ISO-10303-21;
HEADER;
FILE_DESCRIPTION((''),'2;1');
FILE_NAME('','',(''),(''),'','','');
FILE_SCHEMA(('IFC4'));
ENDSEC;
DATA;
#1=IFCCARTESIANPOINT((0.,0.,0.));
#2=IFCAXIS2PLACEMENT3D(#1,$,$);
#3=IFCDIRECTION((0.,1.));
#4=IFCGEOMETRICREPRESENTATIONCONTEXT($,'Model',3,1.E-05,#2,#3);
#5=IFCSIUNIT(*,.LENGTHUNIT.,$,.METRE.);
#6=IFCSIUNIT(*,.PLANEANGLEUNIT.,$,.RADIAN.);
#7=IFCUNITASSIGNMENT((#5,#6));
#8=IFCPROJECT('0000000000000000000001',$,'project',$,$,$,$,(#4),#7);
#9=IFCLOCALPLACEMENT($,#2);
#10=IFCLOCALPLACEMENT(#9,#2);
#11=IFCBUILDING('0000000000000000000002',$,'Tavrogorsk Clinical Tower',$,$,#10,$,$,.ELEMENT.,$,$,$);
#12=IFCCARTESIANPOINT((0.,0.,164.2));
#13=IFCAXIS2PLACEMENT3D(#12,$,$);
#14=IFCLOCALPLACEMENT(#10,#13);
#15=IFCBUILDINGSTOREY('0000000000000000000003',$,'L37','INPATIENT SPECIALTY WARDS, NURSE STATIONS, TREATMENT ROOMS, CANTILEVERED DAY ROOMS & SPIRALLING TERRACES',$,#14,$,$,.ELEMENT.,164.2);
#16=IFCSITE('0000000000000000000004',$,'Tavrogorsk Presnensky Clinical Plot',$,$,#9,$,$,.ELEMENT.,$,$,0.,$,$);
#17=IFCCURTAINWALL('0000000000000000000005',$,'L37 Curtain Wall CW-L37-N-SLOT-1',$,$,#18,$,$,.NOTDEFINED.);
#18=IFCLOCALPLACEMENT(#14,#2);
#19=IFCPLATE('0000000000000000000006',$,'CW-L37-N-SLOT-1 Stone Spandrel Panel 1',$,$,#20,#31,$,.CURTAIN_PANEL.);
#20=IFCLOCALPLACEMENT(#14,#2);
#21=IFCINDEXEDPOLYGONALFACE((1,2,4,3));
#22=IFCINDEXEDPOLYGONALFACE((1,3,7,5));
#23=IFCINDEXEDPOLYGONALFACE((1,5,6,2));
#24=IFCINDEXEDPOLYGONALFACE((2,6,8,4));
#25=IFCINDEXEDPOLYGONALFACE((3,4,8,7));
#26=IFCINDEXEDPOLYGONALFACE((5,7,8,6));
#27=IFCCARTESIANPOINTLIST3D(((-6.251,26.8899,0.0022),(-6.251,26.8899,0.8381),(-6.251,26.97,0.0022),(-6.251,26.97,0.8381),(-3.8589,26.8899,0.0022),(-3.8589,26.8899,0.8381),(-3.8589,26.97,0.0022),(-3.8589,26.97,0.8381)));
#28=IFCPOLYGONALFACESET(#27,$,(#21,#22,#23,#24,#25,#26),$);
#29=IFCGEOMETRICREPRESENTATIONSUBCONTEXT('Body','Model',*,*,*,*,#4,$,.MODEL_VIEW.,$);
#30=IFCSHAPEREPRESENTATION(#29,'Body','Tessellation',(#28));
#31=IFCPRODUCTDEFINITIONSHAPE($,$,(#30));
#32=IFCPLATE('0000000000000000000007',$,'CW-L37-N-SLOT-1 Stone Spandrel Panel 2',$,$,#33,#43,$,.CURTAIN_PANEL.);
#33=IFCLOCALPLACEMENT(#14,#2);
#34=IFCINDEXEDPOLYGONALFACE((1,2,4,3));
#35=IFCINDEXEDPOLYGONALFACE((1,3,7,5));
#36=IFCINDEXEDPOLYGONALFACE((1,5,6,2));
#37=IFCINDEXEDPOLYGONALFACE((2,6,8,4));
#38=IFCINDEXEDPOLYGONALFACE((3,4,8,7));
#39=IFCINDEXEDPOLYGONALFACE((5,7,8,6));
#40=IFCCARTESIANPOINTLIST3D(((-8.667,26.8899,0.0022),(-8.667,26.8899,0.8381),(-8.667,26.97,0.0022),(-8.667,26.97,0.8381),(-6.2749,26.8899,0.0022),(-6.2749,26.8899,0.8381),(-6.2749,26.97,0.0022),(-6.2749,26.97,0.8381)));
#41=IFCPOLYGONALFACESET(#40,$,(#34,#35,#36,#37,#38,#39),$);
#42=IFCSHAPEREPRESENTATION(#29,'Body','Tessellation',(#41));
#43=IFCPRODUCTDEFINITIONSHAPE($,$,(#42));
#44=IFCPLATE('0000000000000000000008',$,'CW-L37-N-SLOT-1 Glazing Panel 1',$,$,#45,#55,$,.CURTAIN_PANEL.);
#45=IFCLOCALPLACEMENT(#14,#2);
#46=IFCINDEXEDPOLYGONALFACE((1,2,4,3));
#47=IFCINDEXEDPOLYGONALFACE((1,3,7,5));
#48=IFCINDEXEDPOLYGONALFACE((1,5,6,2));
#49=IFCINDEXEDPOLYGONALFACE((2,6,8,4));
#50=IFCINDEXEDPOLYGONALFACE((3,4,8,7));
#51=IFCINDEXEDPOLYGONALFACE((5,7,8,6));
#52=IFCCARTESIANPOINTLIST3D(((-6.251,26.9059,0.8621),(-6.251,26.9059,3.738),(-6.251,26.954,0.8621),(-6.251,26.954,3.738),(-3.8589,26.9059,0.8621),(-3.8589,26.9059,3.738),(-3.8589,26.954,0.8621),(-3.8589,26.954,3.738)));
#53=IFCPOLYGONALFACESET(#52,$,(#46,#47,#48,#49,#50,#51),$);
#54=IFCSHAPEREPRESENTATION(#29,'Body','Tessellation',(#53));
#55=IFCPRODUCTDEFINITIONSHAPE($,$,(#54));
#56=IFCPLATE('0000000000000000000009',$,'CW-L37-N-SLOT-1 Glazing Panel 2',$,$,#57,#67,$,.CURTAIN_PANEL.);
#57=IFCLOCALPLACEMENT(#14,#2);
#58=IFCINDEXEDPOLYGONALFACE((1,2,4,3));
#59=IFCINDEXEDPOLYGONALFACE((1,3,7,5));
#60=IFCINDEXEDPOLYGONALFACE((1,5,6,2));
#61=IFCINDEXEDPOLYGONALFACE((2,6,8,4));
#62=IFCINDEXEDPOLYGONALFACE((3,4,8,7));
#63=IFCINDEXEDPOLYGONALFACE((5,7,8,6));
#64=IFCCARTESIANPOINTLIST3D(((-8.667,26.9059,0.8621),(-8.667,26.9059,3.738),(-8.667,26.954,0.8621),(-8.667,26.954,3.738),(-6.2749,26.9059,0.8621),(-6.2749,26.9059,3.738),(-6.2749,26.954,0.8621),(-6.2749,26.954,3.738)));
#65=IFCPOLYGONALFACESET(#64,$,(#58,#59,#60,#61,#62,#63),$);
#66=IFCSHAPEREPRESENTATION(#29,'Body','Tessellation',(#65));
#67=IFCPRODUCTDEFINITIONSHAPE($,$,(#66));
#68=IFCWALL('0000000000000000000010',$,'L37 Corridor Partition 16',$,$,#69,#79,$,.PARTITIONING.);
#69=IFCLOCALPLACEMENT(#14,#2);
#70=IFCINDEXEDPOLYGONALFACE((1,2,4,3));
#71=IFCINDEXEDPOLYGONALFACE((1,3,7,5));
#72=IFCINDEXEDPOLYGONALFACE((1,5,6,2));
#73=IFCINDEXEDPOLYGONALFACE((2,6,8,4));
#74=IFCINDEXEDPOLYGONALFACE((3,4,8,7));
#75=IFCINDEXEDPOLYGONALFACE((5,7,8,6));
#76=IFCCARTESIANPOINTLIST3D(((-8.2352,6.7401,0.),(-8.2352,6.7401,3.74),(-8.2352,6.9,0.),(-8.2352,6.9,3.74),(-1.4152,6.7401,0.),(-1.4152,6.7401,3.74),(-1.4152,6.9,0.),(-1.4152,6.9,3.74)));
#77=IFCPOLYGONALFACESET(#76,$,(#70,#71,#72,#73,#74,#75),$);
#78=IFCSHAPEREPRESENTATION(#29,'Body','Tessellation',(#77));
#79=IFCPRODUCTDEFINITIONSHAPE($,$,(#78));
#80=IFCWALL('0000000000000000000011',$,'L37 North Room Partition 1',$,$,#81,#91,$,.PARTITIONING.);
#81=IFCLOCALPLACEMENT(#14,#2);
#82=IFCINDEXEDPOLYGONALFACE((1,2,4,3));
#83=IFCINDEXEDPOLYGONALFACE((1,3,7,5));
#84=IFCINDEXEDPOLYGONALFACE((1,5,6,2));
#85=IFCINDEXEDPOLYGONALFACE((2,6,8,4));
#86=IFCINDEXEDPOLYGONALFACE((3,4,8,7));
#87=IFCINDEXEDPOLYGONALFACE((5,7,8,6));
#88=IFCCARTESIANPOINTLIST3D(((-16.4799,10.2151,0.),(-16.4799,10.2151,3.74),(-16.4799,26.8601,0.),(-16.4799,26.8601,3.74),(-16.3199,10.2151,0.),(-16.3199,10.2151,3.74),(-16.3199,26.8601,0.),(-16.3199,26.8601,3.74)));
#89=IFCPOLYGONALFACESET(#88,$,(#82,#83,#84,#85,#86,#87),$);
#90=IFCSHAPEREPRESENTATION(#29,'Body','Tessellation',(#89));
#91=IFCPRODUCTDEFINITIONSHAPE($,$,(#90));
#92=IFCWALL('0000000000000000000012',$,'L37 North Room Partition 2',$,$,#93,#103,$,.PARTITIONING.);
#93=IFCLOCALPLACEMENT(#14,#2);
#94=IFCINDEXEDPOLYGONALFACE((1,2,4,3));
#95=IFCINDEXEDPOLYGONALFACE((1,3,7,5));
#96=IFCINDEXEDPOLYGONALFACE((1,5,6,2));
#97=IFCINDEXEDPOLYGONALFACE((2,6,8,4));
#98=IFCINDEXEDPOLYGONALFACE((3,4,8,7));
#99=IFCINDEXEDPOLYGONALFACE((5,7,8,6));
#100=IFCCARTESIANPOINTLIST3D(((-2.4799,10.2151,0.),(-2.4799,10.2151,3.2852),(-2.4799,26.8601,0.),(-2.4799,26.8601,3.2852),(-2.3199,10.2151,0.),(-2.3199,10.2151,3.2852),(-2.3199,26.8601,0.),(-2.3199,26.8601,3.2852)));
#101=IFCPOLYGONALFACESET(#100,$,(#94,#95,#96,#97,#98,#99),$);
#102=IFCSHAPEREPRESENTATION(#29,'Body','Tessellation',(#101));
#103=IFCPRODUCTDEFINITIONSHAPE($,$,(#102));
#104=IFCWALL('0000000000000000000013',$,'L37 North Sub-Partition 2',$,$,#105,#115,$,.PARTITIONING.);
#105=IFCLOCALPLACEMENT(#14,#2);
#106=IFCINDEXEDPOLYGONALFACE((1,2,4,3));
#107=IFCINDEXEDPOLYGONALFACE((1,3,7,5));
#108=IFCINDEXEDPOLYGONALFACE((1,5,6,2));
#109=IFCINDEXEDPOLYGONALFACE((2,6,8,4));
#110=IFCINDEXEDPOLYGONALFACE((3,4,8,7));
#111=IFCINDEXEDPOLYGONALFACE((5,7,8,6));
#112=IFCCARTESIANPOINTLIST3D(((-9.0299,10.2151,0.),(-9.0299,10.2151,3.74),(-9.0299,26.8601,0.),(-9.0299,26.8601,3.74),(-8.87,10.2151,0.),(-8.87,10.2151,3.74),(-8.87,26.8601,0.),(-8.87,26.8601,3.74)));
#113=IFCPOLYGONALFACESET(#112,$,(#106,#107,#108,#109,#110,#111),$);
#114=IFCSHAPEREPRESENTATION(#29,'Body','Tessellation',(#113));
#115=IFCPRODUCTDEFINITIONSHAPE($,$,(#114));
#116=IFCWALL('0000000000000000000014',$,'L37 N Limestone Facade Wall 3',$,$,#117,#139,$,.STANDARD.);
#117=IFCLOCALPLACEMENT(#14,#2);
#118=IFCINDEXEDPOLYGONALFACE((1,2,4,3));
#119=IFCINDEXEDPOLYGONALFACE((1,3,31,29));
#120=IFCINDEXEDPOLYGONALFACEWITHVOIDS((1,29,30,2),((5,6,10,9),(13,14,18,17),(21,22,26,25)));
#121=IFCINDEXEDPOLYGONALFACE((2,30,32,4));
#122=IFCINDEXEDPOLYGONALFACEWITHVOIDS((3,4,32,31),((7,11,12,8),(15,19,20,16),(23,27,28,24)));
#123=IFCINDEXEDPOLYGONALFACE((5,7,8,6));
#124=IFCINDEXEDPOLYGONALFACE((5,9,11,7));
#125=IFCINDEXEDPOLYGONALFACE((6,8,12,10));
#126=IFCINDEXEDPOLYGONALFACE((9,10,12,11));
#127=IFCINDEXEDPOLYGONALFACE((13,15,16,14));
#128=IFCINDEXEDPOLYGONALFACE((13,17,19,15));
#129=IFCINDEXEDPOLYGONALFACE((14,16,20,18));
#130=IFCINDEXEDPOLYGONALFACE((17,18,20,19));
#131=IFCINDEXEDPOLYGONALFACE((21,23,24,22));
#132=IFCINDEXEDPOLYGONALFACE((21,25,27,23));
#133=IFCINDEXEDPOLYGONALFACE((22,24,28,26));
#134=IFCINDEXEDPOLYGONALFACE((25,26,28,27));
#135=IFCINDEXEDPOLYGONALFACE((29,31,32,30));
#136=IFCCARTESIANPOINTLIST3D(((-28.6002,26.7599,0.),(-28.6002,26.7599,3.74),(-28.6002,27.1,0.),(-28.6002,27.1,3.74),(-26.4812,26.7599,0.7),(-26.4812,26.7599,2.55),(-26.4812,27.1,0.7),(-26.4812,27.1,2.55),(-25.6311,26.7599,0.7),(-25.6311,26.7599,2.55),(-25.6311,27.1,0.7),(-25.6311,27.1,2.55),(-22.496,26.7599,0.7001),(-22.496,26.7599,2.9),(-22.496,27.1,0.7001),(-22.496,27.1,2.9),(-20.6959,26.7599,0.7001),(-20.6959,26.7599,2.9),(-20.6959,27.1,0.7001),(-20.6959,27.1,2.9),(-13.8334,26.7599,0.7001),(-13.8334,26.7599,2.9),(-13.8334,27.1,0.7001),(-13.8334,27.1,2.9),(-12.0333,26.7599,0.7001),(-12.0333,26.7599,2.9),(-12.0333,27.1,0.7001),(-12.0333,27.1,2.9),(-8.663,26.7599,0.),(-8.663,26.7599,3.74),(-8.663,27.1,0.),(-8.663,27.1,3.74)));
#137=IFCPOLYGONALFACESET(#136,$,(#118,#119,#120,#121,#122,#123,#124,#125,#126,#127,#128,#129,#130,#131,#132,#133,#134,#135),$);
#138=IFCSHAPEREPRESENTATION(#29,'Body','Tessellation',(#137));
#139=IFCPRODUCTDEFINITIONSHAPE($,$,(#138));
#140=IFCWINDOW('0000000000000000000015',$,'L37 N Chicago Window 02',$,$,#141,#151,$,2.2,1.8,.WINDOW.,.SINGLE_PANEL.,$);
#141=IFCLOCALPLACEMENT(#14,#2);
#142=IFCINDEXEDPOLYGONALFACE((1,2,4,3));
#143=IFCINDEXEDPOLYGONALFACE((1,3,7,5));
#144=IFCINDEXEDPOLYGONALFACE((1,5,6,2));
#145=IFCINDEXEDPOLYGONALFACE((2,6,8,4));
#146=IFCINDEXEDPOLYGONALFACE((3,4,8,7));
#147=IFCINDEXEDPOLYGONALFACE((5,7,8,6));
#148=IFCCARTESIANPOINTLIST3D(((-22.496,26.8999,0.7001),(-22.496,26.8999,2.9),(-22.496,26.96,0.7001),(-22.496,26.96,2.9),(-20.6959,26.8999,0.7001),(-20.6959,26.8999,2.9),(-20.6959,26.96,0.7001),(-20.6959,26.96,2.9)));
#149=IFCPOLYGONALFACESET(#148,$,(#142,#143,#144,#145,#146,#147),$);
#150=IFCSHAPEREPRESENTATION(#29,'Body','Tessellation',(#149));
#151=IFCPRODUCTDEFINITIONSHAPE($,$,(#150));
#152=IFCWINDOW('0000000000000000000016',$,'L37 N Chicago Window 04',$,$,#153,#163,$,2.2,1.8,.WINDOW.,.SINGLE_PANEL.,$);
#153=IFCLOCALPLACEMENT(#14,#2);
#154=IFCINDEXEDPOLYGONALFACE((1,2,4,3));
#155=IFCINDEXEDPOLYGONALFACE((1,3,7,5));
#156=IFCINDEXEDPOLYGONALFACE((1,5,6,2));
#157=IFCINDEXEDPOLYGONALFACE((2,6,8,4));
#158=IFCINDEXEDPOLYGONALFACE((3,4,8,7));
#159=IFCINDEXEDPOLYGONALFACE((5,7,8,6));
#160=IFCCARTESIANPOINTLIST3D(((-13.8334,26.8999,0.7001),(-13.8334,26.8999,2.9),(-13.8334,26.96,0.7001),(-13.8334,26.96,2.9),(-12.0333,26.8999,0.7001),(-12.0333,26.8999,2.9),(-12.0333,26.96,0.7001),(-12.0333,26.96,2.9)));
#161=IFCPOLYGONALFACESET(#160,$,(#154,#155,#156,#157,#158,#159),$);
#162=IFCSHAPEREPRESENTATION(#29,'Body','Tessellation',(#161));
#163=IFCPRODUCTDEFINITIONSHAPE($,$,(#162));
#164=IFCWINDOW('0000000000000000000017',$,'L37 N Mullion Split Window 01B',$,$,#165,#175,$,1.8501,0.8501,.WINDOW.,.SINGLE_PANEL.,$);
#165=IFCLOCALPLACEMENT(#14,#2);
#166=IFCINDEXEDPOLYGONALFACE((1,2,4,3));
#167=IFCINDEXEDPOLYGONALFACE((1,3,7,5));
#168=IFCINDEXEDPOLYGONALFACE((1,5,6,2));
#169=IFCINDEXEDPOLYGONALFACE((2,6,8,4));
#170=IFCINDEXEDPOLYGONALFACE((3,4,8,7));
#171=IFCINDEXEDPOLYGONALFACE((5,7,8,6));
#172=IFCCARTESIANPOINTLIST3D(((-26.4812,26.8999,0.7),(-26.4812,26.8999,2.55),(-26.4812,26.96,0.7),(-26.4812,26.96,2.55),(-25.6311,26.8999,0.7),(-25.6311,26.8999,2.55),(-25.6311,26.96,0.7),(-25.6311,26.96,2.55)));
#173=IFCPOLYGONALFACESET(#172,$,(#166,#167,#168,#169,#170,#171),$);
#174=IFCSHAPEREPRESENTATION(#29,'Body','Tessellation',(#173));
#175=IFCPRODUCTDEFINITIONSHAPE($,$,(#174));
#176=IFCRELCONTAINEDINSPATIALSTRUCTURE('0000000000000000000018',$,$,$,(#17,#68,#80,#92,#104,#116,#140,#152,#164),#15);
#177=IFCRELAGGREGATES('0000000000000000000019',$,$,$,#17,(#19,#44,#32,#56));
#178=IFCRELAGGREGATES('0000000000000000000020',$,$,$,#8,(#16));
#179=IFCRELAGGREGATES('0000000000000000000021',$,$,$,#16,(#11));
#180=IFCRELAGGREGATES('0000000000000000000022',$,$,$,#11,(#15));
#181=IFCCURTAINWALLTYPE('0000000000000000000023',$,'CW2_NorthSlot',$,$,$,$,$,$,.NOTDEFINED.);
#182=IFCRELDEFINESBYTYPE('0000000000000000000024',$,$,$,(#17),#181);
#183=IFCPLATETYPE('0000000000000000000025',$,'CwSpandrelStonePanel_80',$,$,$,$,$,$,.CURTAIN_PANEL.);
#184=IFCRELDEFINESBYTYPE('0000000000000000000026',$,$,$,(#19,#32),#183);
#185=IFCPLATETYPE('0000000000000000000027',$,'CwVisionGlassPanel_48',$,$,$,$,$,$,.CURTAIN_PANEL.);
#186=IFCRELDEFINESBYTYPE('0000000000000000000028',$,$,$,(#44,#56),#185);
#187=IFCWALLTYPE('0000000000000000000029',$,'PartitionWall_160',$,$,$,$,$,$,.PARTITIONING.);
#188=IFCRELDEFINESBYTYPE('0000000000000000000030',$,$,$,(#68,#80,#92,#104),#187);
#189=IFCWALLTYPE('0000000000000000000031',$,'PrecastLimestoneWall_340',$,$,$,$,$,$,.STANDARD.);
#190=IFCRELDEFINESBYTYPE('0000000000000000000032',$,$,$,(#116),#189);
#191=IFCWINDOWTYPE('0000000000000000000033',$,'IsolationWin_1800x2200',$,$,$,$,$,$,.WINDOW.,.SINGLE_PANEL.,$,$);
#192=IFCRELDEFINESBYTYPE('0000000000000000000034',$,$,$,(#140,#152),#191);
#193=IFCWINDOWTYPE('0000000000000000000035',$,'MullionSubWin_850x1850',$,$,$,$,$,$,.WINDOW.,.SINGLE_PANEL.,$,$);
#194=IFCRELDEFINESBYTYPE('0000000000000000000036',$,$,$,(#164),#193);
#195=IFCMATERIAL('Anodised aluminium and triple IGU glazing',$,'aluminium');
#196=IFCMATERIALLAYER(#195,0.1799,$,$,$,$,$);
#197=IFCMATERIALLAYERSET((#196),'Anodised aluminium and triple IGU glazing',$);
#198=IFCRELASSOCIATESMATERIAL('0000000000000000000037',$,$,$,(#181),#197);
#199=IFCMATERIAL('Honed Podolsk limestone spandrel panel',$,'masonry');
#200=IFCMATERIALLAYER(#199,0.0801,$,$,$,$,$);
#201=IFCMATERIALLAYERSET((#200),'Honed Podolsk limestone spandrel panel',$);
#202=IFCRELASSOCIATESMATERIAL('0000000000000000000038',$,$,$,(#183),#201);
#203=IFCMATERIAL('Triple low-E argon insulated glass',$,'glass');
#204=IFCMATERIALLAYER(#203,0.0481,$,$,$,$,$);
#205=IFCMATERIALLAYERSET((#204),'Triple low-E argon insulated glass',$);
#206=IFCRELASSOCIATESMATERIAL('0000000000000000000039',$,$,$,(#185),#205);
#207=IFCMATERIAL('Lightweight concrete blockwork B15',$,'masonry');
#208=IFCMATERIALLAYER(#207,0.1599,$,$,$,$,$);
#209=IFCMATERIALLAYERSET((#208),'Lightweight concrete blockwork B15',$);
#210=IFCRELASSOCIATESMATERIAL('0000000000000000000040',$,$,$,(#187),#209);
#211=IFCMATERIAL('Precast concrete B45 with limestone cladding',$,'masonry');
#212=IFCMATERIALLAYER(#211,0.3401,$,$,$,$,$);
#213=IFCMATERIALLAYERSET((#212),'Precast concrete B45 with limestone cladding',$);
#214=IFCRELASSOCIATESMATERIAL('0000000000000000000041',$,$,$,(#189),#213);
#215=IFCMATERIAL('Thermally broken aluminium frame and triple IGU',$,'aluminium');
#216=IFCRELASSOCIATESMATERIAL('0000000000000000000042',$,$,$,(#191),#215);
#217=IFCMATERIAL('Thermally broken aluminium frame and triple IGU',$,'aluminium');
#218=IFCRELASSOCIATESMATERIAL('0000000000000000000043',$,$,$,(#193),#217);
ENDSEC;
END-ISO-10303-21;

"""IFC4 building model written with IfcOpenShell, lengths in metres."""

from ifc_helpers import new_model, si_unit, direction, frame, frame_2d, origin, origin_2d, place, context, subcontext, project, spatial, rectangle, extrude, material, layer, layer_set, type_object, element, fill, aggregate, save


model = new_model("IFC4")

# Units and contexts
model_context = context("Model", 3, precision=1e-05, world=origin(), true_north=direction((0.0, 1.0)))
body_context = subcontext(model_context, "Body", "Model", "MODEL_VIEW")
ifc_project = project(units=[si_unit("LENGTHUNIT", "METRE"), si_unit("PLANEANGLEUNIT", "RADIAN")], contexts=[model_context])

# Site, building, storey
site_placement = place(None, origin())
site = spatial("IfcSite", under=ifc_project, at=site_placement, Name="Tavrogorsk Presnensky Clinical Plot", CompositionType="ELEMENT", RefElevation=0.0)
building_placement = place(site_placement, origin())
building = spatial("IfcBuilding", under=site, at=building_placement, Name="Tavrogorsk Clinical Tower", CompositionType="ELEMENT")
storey_placement = place(building_placement, frame((0.0, 0.0, 164.2)))
storey = spatial("IfcBuildingStorey", under=building, at=storey_placement, Name="L37", Description="INPATIENT SPECIALTY WARDS, NURSE STATIONS, TREATMENT ROOMS, CANTILEVERED DAY ROOMS & SPIRALLING TERRACES", CompositionType="ELEMENT", Elevation=164.2)

# Curtain wall
ifc_material_1 = material(Name="Anodised aluminium and triple IGU glazing", Category="aluminium")
ifc_layer_1 = layer(ifc_material_1, 0.1799)
ifc_layer_set_1 = layer_set([ifc_layer_1], Name="Anodised aluminium and triple IGU glazing")
curtain_wall_type = type_object("IfcCurtainWallType", Name="CW2_NorthSlot", PredefinedType="NOTDEFINED", material=ifc_layer_set_1)
curtain_wall_placement = place(storey_placement, origin())
curtain_wall = element("IfcCurtainWall", 1, at=curtain_wall_placement, inside=storey, type_object=curtain_wall_type, Name="L37 Curtain Wall CW-L37-N-SLOT-1", PredefinedType="NOTDEFINED")

# Plates
ifc_material_2 = material(Name="Honed Podolsk limestone spandrel panel", Category="masonry")
ifc_layer_2 = layer(ifc_material_2, 0.0801)
ifc_layer_set_2 = layer_set([ifc_layer_2], Name="Honed Podolsk limestone spandrel panel")
plate_type_1 = type_object("IfcPlateType", Name="CwSpandrelStonePanel_80", PredefinedType="CURTAIN_PANEL", material=ifc_layer_set_2)
plate_1_placement = place(storey_placement, frame((-5.0549, 26.9299, 0.0022), z_axis=(0.0, 0.0, 1.0), x_axis=(-1.0, 0.0, 0.0)))
plate_1 = element("IfcPlate", 2, at=plate_1_placement, type_object=plate_type_1, Name="CW-L37-N-SLOT-1 Stone Spandrel Panel 1", PredefinedType="CURTAIN_PANEL", context=body_context, shape_type="SweptSolid", body=[
    extrude(rectangle(XDim=2.3921, YDim=0.0801, at=origin_2d()), origin(), (0.0, 0.0, 1.0), 0.8359),
])
plate_2_placement = place(storey_placement, frame((-7.4709, 26.9299, 0.0022), z_axis=(0.0, 0.0, 1.0), x_axis=(-1.0, 0.0, 0.0)))
plate_2 = element("IfcPlate", 3, at=plate_2_placement, type_object=plate_type_1, Name="CW-L37-N-SLOT-1 Stone Spandrel Panel 2", PredefinedType="CURTAIN_PANEL", context=body_context, shape_type="SweptSolid", body=[
    extrude(rectangle(XDim=2.3921, YDim=0.0801, at=origin_2d()), origin(), (0.0, 0.0, 1.0), 0.8359),
])
ifc_material_3 = material(Name="Triple low-E argon insulated glass", Category="glass")
ifc_layer_3 = layer(ifc_material_3, 0.0481)
ifc_layer_set_3 = layer_set([ifc_layer_3], Name="Triple low-E argon insulated glass")
plate_type_2 = type_object("IfcPlateType", Name="CwVisionGlassPanel_48", PredefinedType="CURTAIN_PANEL", material=ifc_layer_set_3)
plate_3_placement = place(storey_placement, frame((-5.0549, 26.9299, 0.8621), z_axis=(0.0, 0.0, 1.0), x_axis=(-1.0, 0.0, 0.0)))
plate_3 = element("IfcPlate", 4, at=plate_3_placement, type_object=plate_type_2, Name="CW-L37-N-SLOT-1 Glazing Panel 1", PredefinedType="CURTAIN_PANEL", context=body_context, shape_type="SweptSolid", body=[
    extrude(rectangle(XDim=2.3921, YDim=0.0481, at=origin_2d()), origin(), (0.0, 0.0, 1.0), 2.876),
])
plate_4_placement = place(storey_placement, frame((-7.4709, 26.9299, 0.8621), z_axis=(0.0, 0.0, 1.0), x_axis=(-1.0, 0.0, 0.0)))
plate_4 = element("IfcPlate", 5, at=plate_4_placement, type_object=plate_type_2, Name="CW-L37-N-SLOT-1 Glazing Panel 2", PredefinedType="CURTAIN_PANEL", context=body_context, shape_type="SweptSolid", body=[
    extrude(rectangle(XDim=2.3921, YDim=0.0481, at=origin_2d()), origin(), (0.0, 0.0, 1.0), 2.876),
])
aggregate(curtain_wall, [plate_1, plate_3, plate_2, plate_4])

# Walls
ifc_material_4 = material(Name="Lightweight concrete blockwork B15", Category="masonry")
ifc_layer_4 = layer(ifc_material_4, 0.1599)
ifc_layer_set_4 = layer_set([ifc_layer_4], Name="Lightweight concrete blockwork B15")
wall_type_1 = type_object("IfcWallType", Name="PartitionWall_160", PredefinedType="PARTITIONING", material=ifc_layer_set_4)
wall_1_placement = place(storey_placement, frame((-1.415, 6.8201, 0.0), z_axis=(0.0, 0.0, 1.0), x_axis=(-1.0, 0.0, 0.0)))
element("IfcWall", 6, at=wall_1_placement, inside=storey, type_object=wall_type_1, Name="L37 Corridor Partition 16", PredefinedType="PARTITIONING", context=body_context, shape_type="SweptSolid", body=[
    extrude(rectangle(XDim=6.8201, YDim=0.1599, at=frame_2d((3.4102, 0.0))), origin(), (0.0, 0.0, 1.0), 3.74),
])
wall_2_placement = place(storey_placement, frame((-16.3999, 10.2151, 0.0), z_axis=(0.0, 0.0, 1.0), x_axis=(0.0, 1.0, 0.0)))
element("IfcWall", 7, at=wall_2_placement, inside=storey, type_object=wall_type_1, Name="L37 North Room Partition 1", PredefinedType="PARTITIONING", context=body_context, shape_type="SweptSolid", body=[
    extrude(rectangle(XDim=16.645, YDim=0.1599, at=frame_2d((8.3225, 0.0))), origin(), (0.0, 0.0, 1.0), 3.74),
])
wall_3_placement = place(storey_placement, frame((-2.3999, 10.2151, 0.0), z_axis=(0.0, 0.0, 1.0), x_axis=(0.0, 1.0, 0.0)))
element("IfcWall", 8, at=wall_3_placement, inside=storey, type_object=wall_type_1, Name="L37 North Room Partition 2", PredefinedType="PARTITIONING", context=body_context, shape_type="SweptSolid", body=[
    extrude(rectangle(XDim=16.645, YDim=0.1599, at=frame_2d((8.3225, 0.0))), origin(), (0.0, 0.0, 1.0), 3.2852),
])
wall_4_placement = place(storey_placement, frame((-8.95, 10.2151, 0.0), z_axis=(0.0, 0.0, 1.0), x_axis=(0.0, 1.0, 0.0)))
element("IfcWall", 9, at=wall_4_placement, inside=storey, type_object=wall_type_1, Name="L37 North Sub-Partition 2", PredefinedType="PARTITIONING", context=body_context, shape_type="SweptSolid", body=[
    extrude(rectangle(XDim=16.645, YDim=0.1599, at=frame_2d((8.3225, 0.0))), origin(), (0.0, 0.0, 1.0), 3.74),
])

# Wall, openings, windows
ifc_material_5 = material(Name="Precast concrete B45 with limestone cladding", Category="masonry")
ifc_layer_5 = layer(ifc_material_5, 0.3401)
ifc_layer_set_5 = layer_set([ifc_layer_5], Name="Precast concrete B45 with limestone cladding")
wall_type_2 = type_object("IfcWallType", Name="PrecastLimestoneWall_340", PredefinedType="STANDARD", material=ifc_layer_set_5)
wall_5_placement = place(storey_placement, frame((-8.6628, 26.9299, 0.0), z_axis=(0.0, 0.0, 1.0), x_axis=(-1.0, 0.0, 0.0)))
wall_5 = element("IfcWall", 10, at=wall_5_placement, inside=storey, type_object=wall_type_2, Name="L37 N Limestone Facade Wall 3", PredefinedType="STANDARD", context=body_context, shape_type="SweptSolid", body=[
    extrude(rectangle(XDim=19.9373, YDim=0.3401, at=frame_2d((9.9688, 0.0))), origin(), (0.0, 0.0, 1.0), 3.74),
])
opening_1_placement = place(wall_5_placement, frame((16.9683, 0.0, 0.7)))
opening_1 = element("IfcOpeningElement", 11, at=opening_1_placement, cuts=wall_5, PredefinedType="OPENING", context=body_context, shape_type="SweptSolid", body=[
    extrude(rectangle(XDim=0.8501, YDim=1.8501, at=frame_2d((0.425, 0.925))), frame((0.0, 0.1799, 0.0), z_axis=(0.0, -1.0, 0.0), x_axis=(1.0, 0.0, 0.0)), (0.0, 0.0, 1.0), 0.3601),
])
opening_2_placement = place(wall_5_placement, frame((12.0332, 0.0, 0.7)))
opening_2 = element("IfcOpeningElement", 12, at=opening_2_placement, cuts=wall_5, PredefinedType="OPENING", context=body_context, shape_type="SweptSolid", body=[
    extrude(rectangle(XDim=1.8, YDim=2.2, at=frame_2d((0.8999, 1.1001))), frame((0.0, 0.1799, 0.0), z_axis=(0.0, -1.0, 0.0), x_axis=(1.0, 0.0, 0.0)), (0.0, 0.0, 1.0), 0.3601),
])
opening_3_placement = place(wall_5_placement, frame((3.3706, 0.0, 0.7)))
opening_3 = element("IfcOpeningElement", 13, at=opening_3_placement, cuts=wall_5, PredefinedType="OPENING", context=body_context, shape_type="SweptSolid", body=[
    extrude(rectangle(XDim=1.8, YDim=2.2, at=frame_2d((0.8999, 1.1001))), frame((0.0, 0.1799, 0.0), z_axis=(0.0, -1.0, 0.0), x_axis=(1.0, 0.0, 0.0)), (0.0, 0.0, 1.0), 0.3601),
])
ifc_material_6 = material(Name="Thermally broken aluminium frame and triple IGU", Category="aluminium")
window_type_1 = type_object("IfcWindowType", Name="IsolationWin_1800x2200", PartitioningType="SINGLE_PANEL", PredefinedType="WINDOW", material=ifc_material_6)
window_1_placement = place(opening_2_placement, origin())
window_1 = element("IfcWindow", 14, at=window_1_placement, inside=storey, type_object=window_type_1, Name="L37 N Chicago Window 02", OverallHeight=2.2, OverallWidth=1.8, PartitioningType="SINGLE_PANEL", PredefinedType="WINDOW", context=body_context, shape_type="SweptSolid", body=[
    extrude(rectangle(XDim=1.8, YDim=2.2, at=frame_2d((0.8999, 1.1001))), frame((0.0, 0.03, 0.0), z_axis=(0.0, -1.0, 0.0), x_axis=(1.0, 0.0, 0.0)), (0.0, 0.0, 1.0), 0.0601),
])
fill(opening_2, window_1)
window_2_placement = place(opening_3_placement, origin())
window_2 = element("IfcWindow", 15, at=window_2_placement, inside=storey, type_object=window_type_1, Name="L37 N Chicago Window 04", OverallHeight=2.2, OverallWidth=1.8, PartitioningType="SINGLE_PANEL", PredefinedType="WINDOW", context=body_context, shape_type="SweptSolid", body=[
    extrude(rectangle(XDim=1.8, YDim=2.2, at=frame_2d((0.8999, 1.1001))), frame((0.0, 0.03, 0.0), z_axis=(0.0, -1.0, 0.0), x_axis=(1.0, 0.0, 0.0)), (0.0, 0.0, 1.0), 0.0601),
])
fill(opening_3, window_2)
ifc_material_7 = material(Name="Thermally broken aluminium frame and triple IGU", Category="aluminium")
window_type_2 = type_object("IfcWindowType", Name="MullionSubWin_850x1850", PartitioningType="SINGLE_PANEL", PredefinedType="WINDOW", material=ifc_material_7)
window_3_placement = place(opening_1_placement, origin())
window_3 = element("IfcWindow", 16, at=window_3_placement, inside=storey, type_object=window_type_2, Name="L37 N Mullion Split Window 01B", OverallHeight=1.8501, OverallWidth=0.8501, PartitioningType="SINGLE_PANEL", PredefinedType="WINDOW", context=body_context, shape_type="SweptSolid", body=[
    extrude(rectangle(XDim=0.8501, YDim=1.8501, at=frame_2d((0.425, 0.925))), frame((0.0, 0.03, 0.0), z_axis=(0.0, -1.0, 0.0), x_axis=(1.0, 0.0, 0.0)), (0.0, 0.0, 1.0), 0.0601),
])
fill(opening_1, window_3)

save(model, "model.ifc")
